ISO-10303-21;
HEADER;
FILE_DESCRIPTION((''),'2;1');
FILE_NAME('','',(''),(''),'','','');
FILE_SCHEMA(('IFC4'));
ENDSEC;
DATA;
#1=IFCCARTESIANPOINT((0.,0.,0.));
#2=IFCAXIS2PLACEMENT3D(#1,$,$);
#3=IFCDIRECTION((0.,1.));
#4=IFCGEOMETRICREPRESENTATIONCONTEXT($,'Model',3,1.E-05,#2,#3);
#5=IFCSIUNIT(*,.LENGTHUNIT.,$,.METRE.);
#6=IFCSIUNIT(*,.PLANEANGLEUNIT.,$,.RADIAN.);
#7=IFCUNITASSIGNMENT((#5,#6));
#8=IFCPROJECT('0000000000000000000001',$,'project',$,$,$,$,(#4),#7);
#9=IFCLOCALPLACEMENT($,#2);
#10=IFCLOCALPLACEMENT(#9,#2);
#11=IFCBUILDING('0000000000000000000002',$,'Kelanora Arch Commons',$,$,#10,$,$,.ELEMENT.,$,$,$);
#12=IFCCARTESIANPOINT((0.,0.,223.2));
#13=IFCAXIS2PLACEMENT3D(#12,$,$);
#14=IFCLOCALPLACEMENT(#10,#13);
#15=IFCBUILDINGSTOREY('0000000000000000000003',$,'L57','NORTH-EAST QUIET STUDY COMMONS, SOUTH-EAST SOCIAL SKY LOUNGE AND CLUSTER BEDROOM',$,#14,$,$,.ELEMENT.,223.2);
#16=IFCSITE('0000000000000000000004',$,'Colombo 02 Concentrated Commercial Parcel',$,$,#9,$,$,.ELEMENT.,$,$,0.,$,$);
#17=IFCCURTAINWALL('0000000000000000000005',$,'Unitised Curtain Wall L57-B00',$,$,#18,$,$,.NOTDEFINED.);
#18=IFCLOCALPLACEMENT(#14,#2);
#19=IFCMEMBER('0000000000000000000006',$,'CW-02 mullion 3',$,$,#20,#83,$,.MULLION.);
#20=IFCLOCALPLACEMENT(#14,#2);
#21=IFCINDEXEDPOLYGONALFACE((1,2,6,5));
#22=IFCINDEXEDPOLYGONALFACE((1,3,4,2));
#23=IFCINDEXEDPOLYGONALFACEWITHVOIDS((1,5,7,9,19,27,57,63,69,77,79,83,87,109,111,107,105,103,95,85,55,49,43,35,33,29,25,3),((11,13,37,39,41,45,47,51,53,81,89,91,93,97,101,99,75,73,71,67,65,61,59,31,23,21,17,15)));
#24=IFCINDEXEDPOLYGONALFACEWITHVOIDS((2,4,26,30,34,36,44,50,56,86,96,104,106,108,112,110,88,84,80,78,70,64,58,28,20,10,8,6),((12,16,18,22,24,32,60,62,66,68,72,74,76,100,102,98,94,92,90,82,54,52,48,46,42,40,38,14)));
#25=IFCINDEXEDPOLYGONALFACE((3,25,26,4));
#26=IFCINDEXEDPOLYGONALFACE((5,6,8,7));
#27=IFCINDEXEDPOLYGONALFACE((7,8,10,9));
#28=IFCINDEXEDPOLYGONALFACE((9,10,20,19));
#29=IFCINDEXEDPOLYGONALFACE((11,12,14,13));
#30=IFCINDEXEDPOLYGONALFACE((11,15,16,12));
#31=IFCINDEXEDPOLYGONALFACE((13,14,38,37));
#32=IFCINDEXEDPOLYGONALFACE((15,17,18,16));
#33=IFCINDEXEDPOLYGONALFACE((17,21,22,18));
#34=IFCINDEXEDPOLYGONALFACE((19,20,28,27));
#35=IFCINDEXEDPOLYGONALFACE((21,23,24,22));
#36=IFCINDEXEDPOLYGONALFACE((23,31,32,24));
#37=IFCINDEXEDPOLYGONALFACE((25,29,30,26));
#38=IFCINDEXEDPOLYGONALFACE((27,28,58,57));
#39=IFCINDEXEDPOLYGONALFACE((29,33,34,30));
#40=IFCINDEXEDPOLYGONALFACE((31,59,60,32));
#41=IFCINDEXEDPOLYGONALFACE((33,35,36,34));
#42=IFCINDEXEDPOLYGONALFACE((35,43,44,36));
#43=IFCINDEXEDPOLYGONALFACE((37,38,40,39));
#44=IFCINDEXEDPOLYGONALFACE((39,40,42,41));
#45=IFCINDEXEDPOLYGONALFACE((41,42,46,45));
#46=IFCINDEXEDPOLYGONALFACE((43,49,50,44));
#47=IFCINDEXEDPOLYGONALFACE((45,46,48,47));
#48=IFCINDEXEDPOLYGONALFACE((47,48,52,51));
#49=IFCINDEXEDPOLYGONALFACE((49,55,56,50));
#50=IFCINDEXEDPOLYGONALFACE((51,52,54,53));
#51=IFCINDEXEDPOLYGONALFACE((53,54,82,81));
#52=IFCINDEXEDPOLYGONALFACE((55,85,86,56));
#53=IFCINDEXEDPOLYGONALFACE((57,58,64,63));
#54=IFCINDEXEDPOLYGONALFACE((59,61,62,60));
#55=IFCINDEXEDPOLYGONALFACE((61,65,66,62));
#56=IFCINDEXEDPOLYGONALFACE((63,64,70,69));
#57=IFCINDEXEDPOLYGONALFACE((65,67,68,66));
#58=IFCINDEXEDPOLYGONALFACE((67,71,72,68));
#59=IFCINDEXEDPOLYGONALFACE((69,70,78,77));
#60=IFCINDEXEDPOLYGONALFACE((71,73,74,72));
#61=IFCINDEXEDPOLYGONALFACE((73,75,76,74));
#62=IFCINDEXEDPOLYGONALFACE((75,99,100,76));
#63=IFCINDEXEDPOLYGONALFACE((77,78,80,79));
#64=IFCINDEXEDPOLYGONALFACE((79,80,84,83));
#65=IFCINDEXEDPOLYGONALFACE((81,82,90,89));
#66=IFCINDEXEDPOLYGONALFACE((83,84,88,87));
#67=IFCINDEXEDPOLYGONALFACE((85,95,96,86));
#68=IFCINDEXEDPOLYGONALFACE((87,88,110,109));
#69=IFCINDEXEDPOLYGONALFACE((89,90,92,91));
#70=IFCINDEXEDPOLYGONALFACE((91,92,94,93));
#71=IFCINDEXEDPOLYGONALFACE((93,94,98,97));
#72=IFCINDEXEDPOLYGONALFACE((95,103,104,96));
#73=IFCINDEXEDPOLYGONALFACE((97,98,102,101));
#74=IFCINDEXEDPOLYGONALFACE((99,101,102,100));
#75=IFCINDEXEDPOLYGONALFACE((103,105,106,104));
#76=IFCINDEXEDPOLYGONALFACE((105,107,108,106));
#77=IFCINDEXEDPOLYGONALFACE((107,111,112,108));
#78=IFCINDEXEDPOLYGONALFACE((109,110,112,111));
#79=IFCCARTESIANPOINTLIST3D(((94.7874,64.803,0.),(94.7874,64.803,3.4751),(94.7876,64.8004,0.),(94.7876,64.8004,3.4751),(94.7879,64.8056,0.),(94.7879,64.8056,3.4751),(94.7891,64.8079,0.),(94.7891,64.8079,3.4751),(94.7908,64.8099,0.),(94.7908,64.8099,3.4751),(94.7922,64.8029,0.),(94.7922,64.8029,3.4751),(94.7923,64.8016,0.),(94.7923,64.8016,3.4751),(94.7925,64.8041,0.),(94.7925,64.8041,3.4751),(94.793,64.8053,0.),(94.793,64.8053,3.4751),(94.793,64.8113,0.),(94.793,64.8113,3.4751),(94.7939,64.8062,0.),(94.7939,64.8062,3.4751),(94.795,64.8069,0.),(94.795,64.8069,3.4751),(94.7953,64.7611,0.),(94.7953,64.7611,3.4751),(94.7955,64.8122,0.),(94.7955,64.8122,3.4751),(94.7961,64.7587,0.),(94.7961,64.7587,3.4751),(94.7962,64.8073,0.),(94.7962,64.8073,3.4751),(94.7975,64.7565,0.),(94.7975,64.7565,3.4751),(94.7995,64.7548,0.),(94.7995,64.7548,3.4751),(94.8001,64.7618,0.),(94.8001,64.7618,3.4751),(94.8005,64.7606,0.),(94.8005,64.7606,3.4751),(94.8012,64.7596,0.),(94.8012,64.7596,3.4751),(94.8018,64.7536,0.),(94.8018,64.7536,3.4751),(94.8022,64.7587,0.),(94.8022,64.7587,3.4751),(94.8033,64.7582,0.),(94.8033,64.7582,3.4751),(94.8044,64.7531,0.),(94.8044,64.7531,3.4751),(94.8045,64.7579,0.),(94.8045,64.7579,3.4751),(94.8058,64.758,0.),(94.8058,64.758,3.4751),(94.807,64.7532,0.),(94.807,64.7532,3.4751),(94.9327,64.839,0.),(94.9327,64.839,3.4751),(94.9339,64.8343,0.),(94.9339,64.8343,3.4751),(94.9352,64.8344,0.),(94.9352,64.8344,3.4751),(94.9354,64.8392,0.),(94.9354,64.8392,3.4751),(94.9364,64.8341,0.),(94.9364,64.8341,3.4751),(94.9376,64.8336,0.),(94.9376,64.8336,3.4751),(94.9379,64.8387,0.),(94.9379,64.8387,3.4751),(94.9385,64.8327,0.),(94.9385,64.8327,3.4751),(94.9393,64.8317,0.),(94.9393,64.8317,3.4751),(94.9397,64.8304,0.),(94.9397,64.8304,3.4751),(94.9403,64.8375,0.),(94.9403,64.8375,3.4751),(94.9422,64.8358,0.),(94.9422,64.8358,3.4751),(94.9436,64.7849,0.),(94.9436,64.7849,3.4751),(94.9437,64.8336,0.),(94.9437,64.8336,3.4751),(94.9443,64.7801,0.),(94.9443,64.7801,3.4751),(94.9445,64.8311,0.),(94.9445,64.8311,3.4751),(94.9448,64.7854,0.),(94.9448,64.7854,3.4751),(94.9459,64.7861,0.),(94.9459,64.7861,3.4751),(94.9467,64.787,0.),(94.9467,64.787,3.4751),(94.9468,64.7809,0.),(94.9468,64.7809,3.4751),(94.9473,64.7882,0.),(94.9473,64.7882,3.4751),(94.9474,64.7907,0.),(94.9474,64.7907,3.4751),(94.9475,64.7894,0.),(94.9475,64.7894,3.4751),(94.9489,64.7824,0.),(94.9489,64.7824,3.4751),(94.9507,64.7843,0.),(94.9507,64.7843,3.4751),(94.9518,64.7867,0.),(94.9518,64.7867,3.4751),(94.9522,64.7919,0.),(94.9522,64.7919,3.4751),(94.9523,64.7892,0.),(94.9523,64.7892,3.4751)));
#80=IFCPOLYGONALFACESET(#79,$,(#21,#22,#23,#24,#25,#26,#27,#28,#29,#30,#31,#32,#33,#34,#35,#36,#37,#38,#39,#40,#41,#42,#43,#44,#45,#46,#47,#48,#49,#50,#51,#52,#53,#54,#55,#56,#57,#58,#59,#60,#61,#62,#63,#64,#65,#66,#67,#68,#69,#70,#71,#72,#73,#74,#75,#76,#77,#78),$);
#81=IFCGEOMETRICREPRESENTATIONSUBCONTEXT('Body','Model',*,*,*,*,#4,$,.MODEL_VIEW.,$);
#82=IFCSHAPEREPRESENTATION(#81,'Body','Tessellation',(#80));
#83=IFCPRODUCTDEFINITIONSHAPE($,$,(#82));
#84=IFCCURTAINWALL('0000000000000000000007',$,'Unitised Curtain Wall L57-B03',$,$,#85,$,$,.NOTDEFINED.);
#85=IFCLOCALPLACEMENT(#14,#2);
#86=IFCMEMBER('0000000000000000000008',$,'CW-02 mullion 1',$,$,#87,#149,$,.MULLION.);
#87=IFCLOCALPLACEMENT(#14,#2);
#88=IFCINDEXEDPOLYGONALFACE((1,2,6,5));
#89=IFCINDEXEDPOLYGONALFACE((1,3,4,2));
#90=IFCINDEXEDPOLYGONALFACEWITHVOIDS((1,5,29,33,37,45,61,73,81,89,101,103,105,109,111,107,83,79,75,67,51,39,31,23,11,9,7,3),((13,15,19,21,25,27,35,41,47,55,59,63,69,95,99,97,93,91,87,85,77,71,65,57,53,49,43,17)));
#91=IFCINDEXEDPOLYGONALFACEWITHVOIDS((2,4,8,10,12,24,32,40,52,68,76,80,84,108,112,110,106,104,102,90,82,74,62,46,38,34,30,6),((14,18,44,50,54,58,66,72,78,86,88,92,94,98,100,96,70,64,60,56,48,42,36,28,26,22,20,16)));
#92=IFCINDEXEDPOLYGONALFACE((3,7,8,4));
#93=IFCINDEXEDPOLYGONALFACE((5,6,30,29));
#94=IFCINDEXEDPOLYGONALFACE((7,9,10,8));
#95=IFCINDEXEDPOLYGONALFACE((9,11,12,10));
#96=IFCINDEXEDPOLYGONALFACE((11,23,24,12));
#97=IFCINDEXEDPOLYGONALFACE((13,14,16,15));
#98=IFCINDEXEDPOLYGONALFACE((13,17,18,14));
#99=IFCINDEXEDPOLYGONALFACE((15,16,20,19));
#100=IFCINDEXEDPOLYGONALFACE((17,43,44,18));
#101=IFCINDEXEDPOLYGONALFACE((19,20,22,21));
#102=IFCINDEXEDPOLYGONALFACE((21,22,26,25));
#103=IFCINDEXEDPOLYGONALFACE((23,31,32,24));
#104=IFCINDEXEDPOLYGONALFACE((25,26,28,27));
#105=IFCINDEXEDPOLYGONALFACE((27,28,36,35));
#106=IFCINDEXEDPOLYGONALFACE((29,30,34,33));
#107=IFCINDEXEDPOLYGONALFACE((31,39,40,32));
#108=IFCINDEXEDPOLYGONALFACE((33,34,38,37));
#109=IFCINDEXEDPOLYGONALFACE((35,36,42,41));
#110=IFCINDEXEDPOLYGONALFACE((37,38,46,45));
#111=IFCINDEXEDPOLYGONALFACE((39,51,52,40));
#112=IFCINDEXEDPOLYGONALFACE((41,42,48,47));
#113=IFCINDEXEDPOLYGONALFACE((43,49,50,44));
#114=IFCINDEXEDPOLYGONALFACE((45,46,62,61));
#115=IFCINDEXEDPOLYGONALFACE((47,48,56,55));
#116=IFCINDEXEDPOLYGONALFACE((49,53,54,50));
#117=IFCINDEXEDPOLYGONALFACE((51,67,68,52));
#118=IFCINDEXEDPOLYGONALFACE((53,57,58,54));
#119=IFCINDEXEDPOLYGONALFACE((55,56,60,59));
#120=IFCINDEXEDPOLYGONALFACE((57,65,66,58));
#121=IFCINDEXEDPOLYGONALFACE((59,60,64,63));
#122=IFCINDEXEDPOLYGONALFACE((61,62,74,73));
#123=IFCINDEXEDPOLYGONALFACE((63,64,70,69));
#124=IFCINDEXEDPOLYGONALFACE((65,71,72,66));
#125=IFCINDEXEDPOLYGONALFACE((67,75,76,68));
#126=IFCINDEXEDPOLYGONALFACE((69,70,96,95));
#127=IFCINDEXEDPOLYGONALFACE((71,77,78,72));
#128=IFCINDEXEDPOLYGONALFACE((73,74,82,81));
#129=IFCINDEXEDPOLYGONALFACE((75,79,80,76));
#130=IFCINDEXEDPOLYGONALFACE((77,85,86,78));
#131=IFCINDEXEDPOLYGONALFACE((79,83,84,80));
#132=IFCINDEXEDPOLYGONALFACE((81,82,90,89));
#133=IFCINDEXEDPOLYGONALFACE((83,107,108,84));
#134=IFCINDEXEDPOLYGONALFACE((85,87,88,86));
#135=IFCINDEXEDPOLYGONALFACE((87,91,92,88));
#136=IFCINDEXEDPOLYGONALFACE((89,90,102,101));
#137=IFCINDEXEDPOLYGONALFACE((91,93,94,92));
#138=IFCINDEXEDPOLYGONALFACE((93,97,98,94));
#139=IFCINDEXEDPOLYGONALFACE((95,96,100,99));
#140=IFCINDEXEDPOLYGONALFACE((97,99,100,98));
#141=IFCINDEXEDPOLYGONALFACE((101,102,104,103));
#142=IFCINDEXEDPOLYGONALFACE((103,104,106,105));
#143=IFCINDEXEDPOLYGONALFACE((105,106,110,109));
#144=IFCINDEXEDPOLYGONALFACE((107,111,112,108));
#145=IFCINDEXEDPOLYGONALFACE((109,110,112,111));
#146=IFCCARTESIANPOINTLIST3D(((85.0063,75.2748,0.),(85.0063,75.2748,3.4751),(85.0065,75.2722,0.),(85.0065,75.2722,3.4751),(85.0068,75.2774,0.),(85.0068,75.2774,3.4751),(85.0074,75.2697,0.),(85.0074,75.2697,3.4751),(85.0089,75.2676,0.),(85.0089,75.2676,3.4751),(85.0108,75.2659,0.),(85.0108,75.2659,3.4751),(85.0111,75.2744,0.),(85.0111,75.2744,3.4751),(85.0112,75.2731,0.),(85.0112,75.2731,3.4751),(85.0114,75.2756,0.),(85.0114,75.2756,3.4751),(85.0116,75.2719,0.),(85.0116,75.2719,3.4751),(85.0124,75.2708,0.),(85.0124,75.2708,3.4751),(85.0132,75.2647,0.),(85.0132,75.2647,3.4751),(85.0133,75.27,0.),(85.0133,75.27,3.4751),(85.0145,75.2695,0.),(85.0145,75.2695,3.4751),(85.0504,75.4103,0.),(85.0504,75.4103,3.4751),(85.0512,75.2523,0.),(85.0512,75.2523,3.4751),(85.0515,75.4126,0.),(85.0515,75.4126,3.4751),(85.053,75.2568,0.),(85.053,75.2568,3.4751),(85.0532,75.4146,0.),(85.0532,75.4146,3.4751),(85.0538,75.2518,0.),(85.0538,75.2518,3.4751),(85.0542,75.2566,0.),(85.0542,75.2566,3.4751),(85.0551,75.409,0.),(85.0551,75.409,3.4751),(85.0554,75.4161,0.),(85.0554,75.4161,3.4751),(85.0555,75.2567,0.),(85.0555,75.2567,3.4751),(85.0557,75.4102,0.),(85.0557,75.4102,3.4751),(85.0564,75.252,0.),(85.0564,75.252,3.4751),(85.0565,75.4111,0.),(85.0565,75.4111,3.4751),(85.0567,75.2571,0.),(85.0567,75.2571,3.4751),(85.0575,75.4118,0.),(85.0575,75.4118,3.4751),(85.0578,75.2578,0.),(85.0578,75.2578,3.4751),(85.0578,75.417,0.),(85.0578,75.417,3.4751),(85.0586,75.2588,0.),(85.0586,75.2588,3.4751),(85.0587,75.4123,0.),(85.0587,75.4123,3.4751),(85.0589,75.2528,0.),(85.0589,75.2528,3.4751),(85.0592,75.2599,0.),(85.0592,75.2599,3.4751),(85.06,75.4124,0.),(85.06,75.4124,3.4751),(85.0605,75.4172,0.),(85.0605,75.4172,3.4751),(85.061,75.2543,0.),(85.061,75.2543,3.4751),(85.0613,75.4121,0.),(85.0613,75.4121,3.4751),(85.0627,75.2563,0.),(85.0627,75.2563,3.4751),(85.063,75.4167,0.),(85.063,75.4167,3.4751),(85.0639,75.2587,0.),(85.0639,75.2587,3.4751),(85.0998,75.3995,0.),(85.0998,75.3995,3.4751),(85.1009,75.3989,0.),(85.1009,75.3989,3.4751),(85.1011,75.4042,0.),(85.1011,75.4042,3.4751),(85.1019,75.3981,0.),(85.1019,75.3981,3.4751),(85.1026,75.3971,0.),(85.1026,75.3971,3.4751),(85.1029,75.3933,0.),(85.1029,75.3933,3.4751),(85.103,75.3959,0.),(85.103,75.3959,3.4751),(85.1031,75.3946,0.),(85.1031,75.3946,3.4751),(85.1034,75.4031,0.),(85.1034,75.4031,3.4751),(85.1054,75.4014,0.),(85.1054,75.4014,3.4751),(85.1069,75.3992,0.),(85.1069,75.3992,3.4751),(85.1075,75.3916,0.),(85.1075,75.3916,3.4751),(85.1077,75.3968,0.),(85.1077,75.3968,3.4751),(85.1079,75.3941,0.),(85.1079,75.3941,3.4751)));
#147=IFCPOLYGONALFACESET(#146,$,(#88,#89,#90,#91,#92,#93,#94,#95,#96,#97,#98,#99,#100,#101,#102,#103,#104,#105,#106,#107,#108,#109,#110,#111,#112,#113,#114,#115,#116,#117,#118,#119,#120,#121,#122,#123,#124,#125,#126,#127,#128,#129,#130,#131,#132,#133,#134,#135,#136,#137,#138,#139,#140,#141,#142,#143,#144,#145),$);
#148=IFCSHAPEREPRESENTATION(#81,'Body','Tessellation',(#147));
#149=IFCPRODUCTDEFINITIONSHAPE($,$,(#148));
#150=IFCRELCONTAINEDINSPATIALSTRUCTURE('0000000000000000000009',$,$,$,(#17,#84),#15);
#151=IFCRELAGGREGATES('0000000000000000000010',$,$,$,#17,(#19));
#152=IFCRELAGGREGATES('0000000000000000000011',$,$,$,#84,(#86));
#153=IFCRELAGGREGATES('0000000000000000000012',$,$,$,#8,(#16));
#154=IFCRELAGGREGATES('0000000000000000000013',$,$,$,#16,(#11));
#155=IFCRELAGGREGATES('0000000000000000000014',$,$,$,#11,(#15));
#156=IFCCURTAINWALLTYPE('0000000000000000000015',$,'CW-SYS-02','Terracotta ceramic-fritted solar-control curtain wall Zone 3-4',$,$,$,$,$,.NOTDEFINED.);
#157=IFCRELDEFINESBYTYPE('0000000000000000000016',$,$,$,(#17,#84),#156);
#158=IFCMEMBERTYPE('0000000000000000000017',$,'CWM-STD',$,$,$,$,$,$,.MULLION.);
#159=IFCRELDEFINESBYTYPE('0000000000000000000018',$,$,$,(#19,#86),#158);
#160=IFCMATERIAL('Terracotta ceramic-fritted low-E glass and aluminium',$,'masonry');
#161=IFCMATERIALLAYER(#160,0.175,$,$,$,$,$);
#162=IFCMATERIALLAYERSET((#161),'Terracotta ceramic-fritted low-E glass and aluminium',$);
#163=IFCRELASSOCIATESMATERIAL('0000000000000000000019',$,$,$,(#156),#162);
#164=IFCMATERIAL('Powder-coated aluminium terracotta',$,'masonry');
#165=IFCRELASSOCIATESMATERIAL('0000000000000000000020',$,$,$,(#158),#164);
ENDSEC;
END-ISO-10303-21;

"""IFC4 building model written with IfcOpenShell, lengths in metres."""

from ifc_helpers import new_model, si_unit, direction, frame, origin, origin_2d, place, context, subcontext, project, spatial, hollow_rectangle, extrude, material, layer, layer_set, material_profile, profile_set, type_object, element, aggregate, save


model = new_model("IFC4")

# Units and contexts
model_context = context("Model", 3, precision=1e-05, world=origin(), true_north=direction((0.0, 1.0)))
body_context = subcontext(model_context, "Body", "Model", "MODEL_VIEW")
ifc_project = project(units=[si_unit("LENGTHUNIT", "METRE"), si_unit("PLANEANGLEUNIT", "RADIAN")], contexts=[model_context])

# Site, building, storey
site_placement = place(None, origin())
site = spatial("IfcSite", under=ifc_project, at=site_placement, Name="Colombo 02 Concentrated Commercial Parcel", CompositionType="ELEMENT", RefElevation=0.0)
building_placement = place(site_placement, origin())
building = spatial("IfcBuilding", under=site, at=building_placement, Name="Kelanora Arch Commons", CompositionType="ELEMENT")
storey_placement = place(building_placement, frame((0.0, 0.0, 223.2)))
storey = spatial("IfcBuildingStorey", under=building, at=storey_placement, Name="L57", Description="NORTH-EAST QUIET STUDY COMMONS, SOUTH-EAST SOCIAL SKY LOUNGE AND CLUSTER BEDROOM", CompositionType="ELEMENT", Elevation=223.2)

# Curtain wall, member
ifc_material_1 = material(Name="Terracotta ceramic-fritted low-E glass and aluminium", Category="masonry")
ifc_layer_1 = layer(ifc_material_1, 0.175)
ifc_layer_set_1 = layer_set([ifc_layer_1], Name="Terracotta ceramic-fritted low-E glass and aluminium")
curtain_wall_type = type_object("IfcCurtainWallType", Name="CW-SYS-02", Description="Terracotta ceramic-fritted solar-control curtain wall Zone 3-4", PredefinedType="NOTDEFINED", material=ifc_layer_set_1)
curtain_wall_1_placement = place(storey_placement, origin())
curtain_wall_1 = element("IfcCurtainWall", 1, at=curtain_wall_1_placement, inside=storey, type_object=curtain_wall_type, Name="Unitised Curtain Wall L57-B00", PredefinedType="NOTDEFINED")
ifc_material_2 = material(Name="Powder-coated aluminium terracotta", Category="masonry")
ifc_material_profile_1 = material_profile(ifc_material_2, hollow_rectangle(XDim=0.1599, YDim=0.0601, WallThickness=0.0049, InnerFilletRadius=0.0049, OuterFilletRadius=0.01, at=origin_2d()), Name="CWM160x60")
ifc_profile_set_1 = profile_set([ifc_material_profile_1], Name="Powder-coated aluminium terracotta")
member_type_1 = type_object("IfcMemberType", Name="CWM-STD", PredefinedType="MULLION", material=ifc_profile_set_1)
member_1_placement = place(storey_placement, frame((94.8699, 64.7961, 0.0), z_axis=(0.0, 0.0, 1.0), x_axis=(-0.981381, -0.192069, 0.0)))
member_1 = element("IfcMember", 2, at=member_1_placement, type_object=member_type_1, Name="CW-02 mullion 3", PredefinedType="MULLION", context=body_context, shape_type="SweptSolid", body=[
    extrude(hollow_rectangle(XDim=0.1599, YDim=0.0601, WallThickness=0.0049, InnerFilletRadius=0.0049, OuterFilletRadius=0.01, at=origin_2d()), origin(), (0.0, 0.0, 1.0), 3.4751),
])
aggregate(curtain_wall_1, [member_1])

# Curtain wall, member
curtain_wall_2_placement = place(storey_placement, origin())
curtain_wall_2 = element("IfcCurtainWall", 3, at=curtain_wall_2_placement, inside=storey, type_object=curtain_wall_type, Name="Unitised Curtain Wall L57-B03", PredefinedType="NOTDEFINED")
member_2_placement = place(storey_placement, frame((85.0571, 75.3345, 0.0), z_axis=(0.0, 0.0, 1.0), x_axis=(-0.311582, -0.950219, 0.0)))
member_2 = element("IfcMember", 4, at=member_2_placement, type_object=member_type_1, Name="CW-02 mullion 1", PredefinedType="MULLION", context=body_context, shape_type="SweptSolid", body=[
    extrude(hollow_rectangle(XDim=0.1599, YDim=0.0601, WallThickness=0.0049, InnerFilletRadius=0.0049, OuterFilletRadius=0.01, at=origin_2d()), origin(), (0.0, 0.0, 1.0), 3.4751),
])
aggregate(curtain_wall_2, [member_2])

save(model, "model.ifc")
